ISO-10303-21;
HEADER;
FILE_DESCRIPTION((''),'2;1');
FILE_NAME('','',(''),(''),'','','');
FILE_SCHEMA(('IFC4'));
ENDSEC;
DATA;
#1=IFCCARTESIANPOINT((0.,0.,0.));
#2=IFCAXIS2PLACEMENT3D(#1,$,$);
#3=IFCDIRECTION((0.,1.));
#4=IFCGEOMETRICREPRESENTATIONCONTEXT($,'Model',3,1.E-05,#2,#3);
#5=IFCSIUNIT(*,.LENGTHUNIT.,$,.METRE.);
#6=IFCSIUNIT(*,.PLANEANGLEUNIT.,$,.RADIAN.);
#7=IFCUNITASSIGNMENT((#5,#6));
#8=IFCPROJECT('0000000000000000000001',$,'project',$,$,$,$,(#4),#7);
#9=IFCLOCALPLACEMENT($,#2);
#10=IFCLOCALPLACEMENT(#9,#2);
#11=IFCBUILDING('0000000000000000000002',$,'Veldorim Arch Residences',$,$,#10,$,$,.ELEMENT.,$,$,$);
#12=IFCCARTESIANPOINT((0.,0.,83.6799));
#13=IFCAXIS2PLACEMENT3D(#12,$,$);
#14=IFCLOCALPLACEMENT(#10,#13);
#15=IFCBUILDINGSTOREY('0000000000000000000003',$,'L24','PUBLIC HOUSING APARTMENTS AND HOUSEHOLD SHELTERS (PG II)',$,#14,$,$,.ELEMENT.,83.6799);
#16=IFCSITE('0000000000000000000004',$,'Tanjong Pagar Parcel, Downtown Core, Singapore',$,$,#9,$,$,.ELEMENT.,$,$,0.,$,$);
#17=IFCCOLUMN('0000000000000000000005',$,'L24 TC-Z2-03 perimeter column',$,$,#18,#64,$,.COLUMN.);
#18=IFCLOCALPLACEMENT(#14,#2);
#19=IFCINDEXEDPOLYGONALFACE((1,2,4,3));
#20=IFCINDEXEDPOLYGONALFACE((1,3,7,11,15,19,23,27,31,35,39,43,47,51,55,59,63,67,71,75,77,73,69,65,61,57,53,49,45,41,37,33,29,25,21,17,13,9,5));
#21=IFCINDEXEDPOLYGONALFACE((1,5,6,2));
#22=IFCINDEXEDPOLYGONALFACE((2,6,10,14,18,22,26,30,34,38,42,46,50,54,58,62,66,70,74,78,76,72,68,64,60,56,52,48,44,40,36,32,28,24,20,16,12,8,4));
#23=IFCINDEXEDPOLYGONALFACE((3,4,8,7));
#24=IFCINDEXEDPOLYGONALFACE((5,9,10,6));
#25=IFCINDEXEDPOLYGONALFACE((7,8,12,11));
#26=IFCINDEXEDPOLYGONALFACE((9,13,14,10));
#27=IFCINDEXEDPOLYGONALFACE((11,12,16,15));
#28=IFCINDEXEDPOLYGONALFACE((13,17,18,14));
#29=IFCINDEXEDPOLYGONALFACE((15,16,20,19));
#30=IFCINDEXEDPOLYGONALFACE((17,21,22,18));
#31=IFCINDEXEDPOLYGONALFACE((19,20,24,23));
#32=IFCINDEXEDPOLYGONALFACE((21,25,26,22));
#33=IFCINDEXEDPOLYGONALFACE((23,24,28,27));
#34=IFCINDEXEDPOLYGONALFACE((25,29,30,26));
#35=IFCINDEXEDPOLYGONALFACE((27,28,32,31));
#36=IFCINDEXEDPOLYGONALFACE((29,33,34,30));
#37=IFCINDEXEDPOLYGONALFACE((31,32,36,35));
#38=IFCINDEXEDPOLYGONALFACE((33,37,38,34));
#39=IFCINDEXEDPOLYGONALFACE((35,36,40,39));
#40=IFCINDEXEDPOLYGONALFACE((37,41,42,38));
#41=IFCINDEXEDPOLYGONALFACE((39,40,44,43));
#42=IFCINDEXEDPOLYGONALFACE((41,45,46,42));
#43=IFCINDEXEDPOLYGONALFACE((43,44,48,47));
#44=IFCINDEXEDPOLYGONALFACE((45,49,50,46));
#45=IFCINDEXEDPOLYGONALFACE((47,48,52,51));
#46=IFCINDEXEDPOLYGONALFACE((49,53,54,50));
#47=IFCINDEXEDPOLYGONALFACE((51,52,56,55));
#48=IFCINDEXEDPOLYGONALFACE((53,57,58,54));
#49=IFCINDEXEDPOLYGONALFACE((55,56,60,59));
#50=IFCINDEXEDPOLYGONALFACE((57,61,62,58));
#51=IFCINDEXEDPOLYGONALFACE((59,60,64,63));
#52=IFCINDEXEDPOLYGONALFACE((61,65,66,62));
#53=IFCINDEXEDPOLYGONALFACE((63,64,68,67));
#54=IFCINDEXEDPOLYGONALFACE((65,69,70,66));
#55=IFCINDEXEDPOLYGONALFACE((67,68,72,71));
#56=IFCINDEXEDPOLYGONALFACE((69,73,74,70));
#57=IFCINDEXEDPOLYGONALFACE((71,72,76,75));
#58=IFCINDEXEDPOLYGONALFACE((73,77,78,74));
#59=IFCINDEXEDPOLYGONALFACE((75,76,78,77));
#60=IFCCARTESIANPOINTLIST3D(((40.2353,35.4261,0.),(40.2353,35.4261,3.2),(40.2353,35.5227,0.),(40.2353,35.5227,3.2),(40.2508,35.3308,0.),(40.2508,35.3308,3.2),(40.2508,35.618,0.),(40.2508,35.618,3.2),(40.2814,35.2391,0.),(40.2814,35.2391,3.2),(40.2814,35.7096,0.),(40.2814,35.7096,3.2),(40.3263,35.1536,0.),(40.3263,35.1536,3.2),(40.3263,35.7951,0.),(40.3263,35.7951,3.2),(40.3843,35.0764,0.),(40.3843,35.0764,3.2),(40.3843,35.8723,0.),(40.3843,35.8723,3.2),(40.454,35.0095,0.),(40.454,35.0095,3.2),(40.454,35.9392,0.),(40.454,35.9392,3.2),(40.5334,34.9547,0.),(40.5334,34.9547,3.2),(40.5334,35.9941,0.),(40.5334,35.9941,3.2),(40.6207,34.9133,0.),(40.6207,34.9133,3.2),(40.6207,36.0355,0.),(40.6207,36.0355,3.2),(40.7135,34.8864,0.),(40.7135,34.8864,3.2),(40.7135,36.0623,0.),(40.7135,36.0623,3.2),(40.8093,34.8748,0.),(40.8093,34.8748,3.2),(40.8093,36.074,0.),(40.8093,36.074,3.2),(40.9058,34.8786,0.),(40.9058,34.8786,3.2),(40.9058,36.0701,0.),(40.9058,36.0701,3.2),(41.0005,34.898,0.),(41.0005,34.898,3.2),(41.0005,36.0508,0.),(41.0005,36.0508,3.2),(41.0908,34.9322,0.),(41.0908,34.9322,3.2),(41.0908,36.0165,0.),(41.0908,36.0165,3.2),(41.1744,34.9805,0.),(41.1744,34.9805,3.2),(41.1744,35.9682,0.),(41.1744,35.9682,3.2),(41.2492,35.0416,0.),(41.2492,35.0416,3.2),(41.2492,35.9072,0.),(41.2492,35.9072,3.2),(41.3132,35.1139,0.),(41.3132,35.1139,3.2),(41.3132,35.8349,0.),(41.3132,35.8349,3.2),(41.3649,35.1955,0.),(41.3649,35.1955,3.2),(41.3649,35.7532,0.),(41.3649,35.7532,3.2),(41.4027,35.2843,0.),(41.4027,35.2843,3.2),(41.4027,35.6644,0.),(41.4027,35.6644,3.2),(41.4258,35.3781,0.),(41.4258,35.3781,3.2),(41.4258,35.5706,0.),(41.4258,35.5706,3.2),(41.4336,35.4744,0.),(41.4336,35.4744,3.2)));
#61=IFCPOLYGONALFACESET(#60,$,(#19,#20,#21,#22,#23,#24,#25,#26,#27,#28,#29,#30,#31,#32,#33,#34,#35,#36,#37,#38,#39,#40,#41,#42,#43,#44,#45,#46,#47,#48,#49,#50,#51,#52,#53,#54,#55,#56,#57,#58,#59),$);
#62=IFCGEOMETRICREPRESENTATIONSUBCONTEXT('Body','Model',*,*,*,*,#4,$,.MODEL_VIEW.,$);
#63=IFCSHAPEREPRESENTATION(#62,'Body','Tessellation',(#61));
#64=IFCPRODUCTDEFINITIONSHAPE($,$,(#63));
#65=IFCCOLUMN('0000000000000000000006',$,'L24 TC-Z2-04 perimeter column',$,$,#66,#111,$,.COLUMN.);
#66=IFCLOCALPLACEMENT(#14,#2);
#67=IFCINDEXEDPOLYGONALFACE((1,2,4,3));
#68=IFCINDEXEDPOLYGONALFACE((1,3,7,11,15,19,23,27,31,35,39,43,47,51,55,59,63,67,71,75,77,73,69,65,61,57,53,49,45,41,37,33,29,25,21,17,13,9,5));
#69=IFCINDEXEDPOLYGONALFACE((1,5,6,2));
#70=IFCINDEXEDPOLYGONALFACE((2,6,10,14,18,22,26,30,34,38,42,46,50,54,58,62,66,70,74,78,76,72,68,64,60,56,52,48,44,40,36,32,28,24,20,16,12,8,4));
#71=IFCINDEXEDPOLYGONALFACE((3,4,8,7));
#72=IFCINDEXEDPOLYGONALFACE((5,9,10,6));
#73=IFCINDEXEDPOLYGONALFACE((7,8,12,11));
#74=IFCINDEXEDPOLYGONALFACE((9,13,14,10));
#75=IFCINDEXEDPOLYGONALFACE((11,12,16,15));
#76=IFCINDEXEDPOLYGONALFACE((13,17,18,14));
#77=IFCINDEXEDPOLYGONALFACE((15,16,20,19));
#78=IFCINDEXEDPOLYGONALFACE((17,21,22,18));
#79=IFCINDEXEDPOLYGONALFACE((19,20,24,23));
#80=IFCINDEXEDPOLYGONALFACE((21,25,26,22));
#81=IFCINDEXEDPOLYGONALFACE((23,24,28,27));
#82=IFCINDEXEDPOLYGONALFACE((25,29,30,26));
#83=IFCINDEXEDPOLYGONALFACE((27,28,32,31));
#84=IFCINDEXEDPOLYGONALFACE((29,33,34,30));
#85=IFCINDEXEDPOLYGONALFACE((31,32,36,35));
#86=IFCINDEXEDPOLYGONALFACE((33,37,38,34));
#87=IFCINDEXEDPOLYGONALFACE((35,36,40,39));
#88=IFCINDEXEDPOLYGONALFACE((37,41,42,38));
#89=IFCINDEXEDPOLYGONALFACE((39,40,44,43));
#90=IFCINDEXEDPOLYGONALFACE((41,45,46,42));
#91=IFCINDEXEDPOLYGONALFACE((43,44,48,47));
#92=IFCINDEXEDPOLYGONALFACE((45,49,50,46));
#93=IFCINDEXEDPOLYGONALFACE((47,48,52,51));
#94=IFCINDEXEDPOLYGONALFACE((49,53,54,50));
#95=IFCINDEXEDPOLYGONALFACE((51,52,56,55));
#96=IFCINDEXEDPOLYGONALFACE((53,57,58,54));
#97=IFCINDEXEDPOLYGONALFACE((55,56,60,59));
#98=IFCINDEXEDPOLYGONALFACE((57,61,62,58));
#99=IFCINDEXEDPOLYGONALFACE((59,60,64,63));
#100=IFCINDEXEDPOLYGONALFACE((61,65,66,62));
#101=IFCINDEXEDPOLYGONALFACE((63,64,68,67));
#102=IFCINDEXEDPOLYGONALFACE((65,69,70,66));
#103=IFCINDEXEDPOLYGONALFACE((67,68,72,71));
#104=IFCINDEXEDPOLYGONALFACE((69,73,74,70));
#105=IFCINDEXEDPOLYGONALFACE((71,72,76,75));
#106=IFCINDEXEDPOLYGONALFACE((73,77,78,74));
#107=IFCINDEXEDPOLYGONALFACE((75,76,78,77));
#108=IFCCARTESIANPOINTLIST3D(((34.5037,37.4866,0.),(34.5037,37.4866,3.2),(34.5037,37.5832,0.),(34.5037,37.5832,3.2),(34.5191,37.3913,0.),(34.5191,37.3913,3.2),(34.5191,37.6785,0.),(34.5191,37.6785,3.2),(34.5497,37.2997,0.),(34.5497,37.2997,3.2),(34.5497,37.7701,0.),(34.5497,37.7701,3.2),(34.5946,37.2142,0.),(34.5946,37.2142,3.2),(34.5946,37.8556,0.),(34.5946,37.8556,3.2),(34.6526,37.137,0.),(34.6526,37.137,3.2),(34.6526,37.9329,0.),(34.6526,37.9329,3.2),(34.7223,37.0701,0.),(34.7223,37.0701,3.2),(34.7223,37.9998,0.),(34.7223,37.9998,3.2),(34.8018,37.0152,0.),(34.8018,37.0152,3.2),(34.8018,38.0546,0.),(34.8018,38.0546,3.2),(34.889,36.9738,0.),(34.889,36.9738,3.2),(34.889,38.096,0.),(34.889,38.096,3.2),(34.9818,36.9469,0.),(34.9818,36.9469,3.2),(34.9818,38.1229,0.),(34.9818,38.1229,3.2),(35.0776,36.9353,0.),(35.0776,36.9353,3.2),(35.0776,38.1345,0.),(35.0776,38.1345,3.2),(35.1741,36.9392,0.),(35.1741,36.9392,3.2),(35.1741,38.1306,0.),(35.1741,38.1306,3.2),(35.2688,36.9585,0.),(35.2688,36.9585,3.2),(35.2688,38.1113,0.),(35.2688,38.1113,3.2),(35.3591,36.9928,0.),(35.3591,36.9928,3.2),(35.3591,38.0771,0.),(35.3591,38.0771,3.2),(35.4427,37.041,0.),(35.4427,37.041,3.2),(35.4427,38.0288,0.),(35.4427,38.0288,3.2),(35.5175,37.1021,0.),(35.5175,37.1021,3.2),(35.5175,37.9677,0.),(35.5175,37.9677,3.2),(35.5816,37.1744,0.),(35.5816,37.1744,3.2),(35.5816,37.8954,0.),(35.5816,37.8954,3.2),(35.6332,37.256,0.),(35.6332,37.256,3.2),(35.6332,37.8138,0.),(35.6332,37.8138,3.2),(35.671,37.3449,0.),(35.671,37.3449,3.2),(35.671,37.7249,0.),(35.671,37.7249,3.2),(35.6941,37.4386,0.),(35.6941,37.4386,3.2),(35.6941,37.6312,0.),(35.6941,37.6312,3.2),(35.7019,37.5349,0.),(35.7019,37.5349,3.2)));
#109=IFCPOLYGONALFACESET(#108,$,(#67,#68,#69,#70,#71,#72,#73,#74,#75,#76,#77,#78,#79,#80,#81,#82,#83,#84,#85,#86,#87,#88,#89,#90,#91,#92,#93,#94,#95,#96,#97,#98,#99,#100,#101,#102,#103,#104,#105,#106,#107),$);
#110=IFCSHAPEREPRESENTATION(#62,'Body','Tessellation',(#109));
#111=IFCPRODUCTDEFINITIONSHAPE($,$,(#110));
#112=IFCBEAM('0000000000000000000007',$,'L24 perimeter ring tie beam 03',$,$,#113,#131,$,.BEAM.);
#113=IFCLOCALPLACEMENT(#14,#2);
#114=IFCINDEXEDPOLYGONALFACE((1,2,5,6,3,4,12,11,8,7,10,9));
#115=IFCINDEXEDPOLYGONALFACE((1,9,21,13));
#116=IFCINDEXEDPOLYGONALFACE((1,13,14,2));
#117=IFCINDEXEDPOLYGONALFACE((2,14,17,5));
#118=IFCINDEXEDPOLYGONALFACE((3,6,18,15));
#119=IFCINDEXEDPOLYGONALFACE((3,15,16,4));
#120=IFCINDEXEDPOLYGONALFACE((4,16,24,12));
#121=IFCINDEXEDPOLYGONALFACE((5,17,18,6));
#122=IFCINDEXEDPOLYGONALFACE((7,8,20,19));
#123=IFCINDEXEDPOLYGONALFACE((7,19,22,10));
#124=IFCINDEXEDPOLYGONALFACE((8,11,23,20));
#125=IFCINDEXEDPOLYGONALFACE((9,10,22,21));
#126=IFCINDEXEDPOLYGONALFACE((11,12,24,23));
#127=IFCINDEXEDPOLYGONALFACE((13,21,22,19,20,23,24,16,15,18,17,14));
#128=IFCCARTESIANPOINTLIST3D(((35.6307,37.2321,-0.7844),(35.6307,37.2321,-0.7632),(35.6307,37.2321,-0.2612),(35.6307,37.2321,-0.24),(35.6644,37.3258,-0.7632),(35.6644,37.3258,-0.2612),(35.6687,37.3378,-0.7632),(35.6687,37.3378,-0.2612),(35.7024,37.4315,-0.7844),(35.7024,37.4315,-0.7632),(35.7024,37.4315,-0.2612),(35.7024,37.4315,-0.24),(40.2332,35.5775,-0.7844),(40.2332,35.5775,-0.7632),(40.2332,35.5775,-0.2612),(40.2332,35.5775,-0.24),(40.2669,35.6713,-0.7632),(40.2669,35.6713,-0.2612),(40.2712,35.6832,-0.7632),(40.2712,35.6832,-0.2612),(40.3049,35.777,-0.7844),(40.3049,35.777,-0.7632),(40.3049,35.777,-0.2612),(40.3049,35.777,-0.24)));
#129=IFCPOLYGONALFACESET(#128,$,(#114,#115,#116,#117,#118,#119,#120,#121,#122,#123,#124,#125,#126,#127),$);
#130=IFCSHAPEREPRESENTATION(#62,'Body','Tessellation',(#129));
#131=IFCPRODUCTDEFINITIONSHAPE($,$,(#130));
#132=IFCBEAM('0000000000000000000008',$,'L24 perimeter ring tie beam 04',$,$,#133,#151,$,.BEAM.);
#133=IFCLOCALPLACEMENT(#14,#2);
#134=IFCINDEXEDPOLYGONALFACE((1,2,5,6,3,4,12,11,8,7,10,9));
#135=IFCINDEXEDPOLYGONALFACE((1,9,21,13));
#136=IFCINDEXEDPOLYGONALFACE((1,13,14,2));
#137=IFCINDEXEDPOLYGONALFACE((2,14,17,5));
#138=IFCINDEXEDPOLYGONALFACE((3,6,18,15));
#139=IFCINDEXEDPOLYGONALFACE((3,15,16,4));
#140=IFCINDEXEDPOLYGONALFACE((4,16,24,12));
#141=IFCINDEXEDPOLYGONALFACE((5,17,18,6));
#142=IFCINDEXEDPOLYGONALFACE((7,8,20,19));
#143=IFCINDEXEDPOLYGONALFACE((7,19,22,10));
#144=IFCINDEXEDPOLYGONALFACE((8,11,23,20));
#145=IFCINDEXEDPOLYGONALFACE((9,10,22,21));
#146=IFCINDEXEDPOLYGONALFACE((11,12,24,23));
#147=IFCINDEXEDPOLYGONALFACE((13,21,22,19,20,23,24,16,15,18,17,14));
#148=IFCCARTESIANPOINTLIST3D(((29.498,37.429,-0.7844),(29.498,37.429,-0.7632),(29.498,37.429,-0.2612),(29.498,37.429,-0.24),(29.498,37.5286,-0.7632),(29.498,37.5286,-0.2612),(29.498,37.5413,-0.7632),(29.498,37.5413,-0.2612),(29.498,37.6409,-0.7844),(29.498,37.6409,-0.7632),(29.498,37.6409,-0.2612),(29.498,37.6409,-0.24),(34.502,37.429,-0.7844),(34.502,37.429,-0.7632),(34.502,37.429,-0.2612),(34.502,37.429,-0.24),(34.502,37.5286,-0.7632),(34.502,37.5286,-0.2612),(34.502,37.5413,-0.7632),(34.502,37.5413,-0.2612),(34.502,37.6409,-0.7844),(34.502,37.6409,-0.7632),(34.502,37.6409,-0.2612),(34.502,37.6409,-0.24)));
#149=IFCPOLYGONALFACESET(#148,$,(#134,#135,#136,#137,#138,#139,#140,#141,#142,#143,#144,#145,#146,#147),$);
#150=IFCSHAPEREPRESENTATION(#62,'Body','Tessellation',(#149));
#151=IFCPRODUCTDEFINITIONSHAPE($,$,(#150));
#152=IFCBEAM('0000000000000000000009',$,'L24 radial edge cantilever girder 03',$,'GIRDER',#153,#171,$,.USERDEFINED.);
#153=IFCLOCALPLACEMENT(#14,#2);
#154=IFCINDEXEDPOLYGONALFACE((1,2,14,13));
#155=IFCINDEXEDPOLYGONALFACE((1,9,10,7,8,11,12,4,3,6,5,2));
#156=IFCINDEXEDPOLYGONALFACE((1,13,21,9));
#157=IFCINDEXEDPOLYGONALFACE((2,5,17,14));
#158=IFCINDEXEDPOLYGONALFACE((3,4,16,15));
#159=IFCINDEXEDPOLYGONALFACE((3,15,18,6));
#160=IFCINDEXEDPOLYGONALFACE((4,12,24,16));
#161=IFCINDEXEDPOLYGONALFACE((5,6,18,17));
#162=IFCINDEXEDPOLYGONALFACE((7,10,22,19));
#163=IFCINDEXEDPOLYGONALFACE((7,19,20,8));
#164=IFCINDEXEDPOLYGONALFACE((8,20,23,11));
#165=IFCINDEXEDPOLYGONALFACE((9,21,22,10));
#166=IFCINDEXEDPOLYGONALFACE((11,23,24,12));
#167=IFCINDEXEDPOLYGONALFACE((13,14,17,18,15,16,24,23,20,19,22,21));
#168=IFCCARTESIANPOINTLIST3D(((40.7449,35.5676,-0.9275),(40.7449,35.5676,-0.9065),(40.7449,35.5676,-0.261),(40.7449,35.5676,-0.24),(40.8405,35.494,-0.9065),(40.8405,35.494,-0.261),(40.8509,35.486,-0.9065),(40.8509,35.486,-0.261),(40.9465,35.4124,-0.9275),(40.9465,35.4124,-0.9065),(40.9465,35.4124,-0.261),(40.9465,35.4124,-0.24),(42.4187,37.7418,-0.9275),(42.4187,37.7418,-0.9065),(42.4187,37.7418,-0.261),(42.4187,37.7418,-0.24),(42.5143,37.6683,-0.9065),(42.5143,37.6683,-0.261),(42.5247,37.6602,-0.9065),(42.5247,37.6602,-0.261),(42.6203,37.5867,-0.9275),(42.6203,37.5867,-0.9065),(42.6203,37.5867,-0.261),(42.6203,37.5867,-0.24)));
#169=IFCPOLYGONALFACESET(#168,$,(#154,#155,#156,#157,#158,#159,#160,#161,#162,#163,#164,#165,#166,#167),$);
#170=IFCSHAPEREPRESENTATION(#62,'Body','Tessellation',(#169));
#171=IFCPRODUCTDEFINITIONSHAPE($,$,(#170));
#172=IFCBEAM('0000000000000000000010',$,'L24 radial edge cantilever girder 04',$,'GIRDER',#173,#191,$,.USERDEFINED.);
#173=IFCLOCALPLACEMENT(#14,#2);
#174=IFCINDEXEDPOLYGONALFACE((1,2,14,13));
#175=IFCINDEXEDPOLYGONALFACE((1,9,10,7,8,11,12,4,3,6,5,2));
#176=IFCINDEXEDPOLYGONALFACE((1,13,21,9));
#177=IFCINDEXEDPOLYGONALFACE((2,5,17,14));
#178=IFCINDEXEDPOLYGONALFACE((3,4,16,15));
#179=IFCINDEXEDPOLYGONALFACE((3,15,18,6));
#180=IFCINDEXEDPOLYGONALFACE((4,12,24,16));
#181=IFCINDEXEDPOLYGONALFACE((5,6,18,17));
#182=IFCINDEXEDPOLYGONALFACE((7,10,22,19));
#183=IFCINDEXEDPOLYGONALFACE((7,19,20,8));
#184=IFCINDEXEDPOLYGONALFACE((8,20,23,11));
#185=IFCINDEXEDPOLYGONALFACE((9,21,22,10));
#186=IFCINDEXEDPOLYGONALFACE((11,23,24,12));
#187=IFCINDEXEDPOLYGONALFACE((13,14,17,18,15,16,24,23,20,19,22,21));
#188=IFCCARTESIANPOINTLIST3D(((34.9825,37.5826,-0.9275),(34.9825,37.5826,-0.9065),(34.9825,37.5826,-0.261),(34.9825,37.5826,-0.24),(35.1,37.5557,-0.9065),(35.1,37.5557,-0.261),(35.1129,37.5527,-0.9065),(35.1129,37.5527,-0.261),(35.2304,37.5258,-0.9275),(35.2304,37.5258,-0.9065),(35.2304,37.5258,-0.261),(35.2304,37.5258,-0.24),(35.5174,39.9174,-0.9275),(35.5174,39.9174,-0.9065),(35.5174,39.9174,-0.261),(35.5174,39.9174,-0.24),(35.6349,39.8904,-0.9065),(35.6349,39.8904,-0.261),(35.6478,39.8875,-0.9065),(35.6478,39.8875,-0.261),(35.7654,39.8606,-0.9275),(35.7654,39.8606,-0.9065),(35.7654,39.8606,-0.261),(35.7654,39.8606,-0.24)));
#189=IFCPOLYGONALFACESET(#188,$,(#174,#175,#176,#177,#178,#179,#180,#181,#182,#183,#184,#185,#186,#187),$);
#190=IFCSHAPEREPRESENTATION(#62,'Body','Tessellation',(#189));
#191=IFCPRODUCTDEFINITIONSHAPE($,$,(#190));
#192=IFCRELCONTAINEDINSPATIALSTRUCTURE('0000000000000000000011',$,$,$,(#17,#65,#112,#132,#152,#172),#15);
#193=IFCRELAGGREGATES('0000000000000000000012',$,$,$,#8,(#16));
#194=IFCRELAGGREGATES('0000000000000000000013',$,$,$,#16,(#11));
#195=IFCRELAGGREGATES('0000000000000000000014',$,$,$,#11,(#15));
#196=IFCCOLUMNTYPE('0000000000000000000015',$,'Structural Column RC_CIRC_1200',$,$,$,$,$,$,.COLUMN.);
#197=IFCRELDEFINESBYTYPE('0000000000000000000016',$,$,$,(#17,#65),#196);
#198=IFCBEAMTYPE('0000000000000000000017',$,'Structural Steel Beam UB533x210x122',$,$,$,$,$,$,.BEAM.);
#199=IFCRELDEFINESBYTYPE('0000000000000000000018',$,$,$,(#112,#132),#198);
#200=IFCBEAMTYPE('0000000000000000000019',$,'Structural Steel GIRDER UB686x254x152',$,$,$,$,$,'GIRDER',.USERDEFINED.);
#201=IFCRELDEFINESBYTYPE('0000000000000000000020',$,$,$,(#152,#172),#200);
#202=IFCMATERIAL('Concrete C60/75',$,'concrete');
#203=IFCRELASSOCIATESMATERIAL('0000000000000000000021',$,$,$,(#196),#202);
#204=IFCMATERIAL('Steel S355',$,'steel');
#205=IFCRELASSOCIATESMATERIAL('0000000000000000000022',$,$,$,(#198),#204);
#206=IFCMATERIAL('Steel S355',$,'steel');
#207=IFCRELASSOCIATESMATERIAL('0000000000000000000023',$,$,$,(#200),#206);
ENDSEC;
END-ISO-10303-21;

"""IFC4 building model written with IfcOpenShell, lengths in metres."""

from ifc_helpers import new_model, si_unit, direction, frame, origin, origin_2d, place, context, subcontext, project, spatial, circle, i_section, extrude, material, material_profile, profile_set, type_object, element, save


model = new_model("IFC4")

# Units and contexts
model_context = context("Model", 3, precision=1e-05, world=origin(), true_north=direction((0.0, 1.0)))
body_context = subcontext(model_context, "Body", "Model", "MODEL_VIEW")
ifc_project = project(units=[si_unit("LENGTHUNIT", "METRE"), si_unit("PLANEANGLEUNIT", "RADIAN")], contexts=[model_context])

# Site, building, storey
site_placement = place(None, origin())
site = spatial("IfcSite", under=ifc_project, at=site_placement, Name="Tanjong Pagar Parcel, Downtown Core, Singapore", CompositionType="ELEMENT", RefElevation=0.0)
building_placement = place(site_placement, origin())
building = spatial("IfcBuilding", under=site, at=building_placement, Name="Veldorim Arch Residences", CompositionType="ELEMENT")
storey_placement = place(building_placement, frame((0.0, 0.0, 83.6799)))
storey = spatial("IfcBuildingStorey", under=building, at=storey_placement, Name="L24", Description="PUBLIC HOUSING APARTMENTS AND HOUSEHOLD SHELTERS (PG II)", CompositionType="ELEMENT", Elevation=83.6799)

# Columns
ifc_material_1 = material(Name="Concrete C60/75", Category="concrete")
ifc_material_profile_1 = material_profile(ifc_material_1, circle(Radius=0.6001, at=origin_2d()), Name="RC_CIRC_1200")
ifc_profile_set_1 = profile_set([ifc_material_profile_1], Name="Concrete C60/75")
column_type = type_object("IfcColumnType", Name="Structural Column RC_CIRC_1200", PredefinedType="COLUMN", material=ifc_profile_set_1)
for number, where, z_axis, x_axis, name in (
    (1, (40.8335, 35.4744, 0.0), (0.0, 0.0, 1.0), (1.0, 0.0, 0.0), "L24 TC-Z2-03 perimeter column"),
    (2, (35.1018, 37.5349, 0.0), (0.0, 0.0, 1.0), (1.0, 0.0, 0.0), "L24 TC-Z2-04 perimeter column"),
):
    element("IfcColumn", number, at=place(storey_placement, frame(where, z_axis=z_axis, x_axis=x_axis)), inside=storey, type_object=column_type, Name=name, PredefinedType="COLUMN", context=body_context, shape_type="SweptSolid", body=[
        extrude(circle(Radius=0.6001, at=origin_2d()), origin(), (0.0, 0.0, 1.0), 3.2),
    ])

# Beams
ifc_material_2 = material(Name="Steel S355", Category="steel")
ifc_material_profile_2 = material_profile(ifc_material_2, i_section(OverallWidth=0.2119, OverallDepth=0.5444, WebThickness=0.0127, FlangeThickness=0.0212, at=origin_2d()), Name="UB533x210x122")
ifc_profile_set_2 = profile_set([ifc_material_profile_2], Name="Steel S355")
beam_type_1 = type_object("IfcBeamType", Name="Structural Steel Beam UB533x210x122", PredefinedType="BEAM", material=ifc_profile_set_2)
beam_1_placement = place(storey_placement, frame((40.269, 35.6772, -0.5122), z_axis=(-0.941042, 0.33829, 0.0), x_axis=(-0.33829, -0.941042, 0.0)))
element("IfcBeam", 3, at=beam_1_placement, inside=storey, type_object=beam_type_1, Name="L24 perimeter ring tie beam 03", PredefinedType="BEAM", context=body_context, shape_type="SweptSolid", body=[
    extrude(i_section(OverallWidth=0.2119, OverallDepth=0.5444, WebThickness=0.0127, FlangeThickness=0.0212, at=origin_2d()), origin(), (0.0, 0.0, 1.0), 4.8909),
])
beam_2_placement = place(storey_placement, frame((34.502, 37.5349, -0.5122), z_axis=(-1.0, 0.0, 0.0), x_axis=(0.0, -1.0, 0.0)))
element("IfcBeam", 4, at=beam_2_placement, inside=storey, type_object=beam_type_1, Name="L24 perimeter ring tie beam 04", PredefinedType="BEAM", context=body_context, shape_type="SweptSolid", body=[
    extrude(i_section(OverallWidth=0.2119, OverallDepth=0.5444, WebThickness=0.0127, FlangeThickness=0.0212, at=origin_2d()), origin(), (0.0, 0.0, 1.0), 5.0039),
])
ifc_material_3 = material(Name="Steel S355", Category="steel")
ifc_material_profile_3 = material_profile(ifc_material_3, i_section(OverallWidth=0.2544, OverallDepth=0.6875, WebThickness=0.0132, FlangeThickness=0.021, at=origin_2d()), Name="UB686x254x152")
ifc_profile_set_3 = profile_set([ifc_material_profile_3], Name="Steel S355")
beam_type_2 = type_object("IfcBeamType", Name="Structural Steel GIRDER UB686x254x152", ElementType="GIRDER", PredefinedType="USERDEFINED", material=ifc_profile_set_3)
beam_3_placement = place(storey_placement, frame((40.8457, 35.49, -0.5837), z_axis=(0.610003, 0.792399, 0.0), x_axis=(-0.792399, 0.610003, 0.0)))
element("IfcBeam", 5, at=beam_3_placement, inside=storey, type_object=beam_type_2, Name="L24 radial edge cantilever girder 03", ObjectType="GIRDER", PredefinedType="USERDEFINED", context=body_context, shape_type="SweptSolid", body=[
    extrude(i_section(OverallWidth=0.2544, OverallDepth=0.6875, WebThickness=0.0132, FlangeThickness=0.021, at=origin_2d()), origin(), (0.0, 0.0, 1.0), 2.7439),
])
beam_4_placement = place(storey_placement, frame((35.1064, 37.5542, -0.5837), z_axis=(0.223326, 0.974744, 0.0), x_axis=(-0.974744, 0.223326, 0.0)))
element("IfcBeam", 6, at=beam_4_placement, inside=storey, type_object=beam_type_2, Name="L24 radial edge cantilever girder 04", ObjectType="GIRDER", PredefinedType="USERDEFINED", context=body_context, shape_type="SweptSolid", body=[
    extrude(i_section(OverallWidth=0.2544, OverallDepth=0.6875, WebThickness=0.0132, FlangeThickness=0.021, at=origin_2d()), origin(), (0.0, 0.0, 1.0), 2.3953),
])

save(model, "model.ifc")
